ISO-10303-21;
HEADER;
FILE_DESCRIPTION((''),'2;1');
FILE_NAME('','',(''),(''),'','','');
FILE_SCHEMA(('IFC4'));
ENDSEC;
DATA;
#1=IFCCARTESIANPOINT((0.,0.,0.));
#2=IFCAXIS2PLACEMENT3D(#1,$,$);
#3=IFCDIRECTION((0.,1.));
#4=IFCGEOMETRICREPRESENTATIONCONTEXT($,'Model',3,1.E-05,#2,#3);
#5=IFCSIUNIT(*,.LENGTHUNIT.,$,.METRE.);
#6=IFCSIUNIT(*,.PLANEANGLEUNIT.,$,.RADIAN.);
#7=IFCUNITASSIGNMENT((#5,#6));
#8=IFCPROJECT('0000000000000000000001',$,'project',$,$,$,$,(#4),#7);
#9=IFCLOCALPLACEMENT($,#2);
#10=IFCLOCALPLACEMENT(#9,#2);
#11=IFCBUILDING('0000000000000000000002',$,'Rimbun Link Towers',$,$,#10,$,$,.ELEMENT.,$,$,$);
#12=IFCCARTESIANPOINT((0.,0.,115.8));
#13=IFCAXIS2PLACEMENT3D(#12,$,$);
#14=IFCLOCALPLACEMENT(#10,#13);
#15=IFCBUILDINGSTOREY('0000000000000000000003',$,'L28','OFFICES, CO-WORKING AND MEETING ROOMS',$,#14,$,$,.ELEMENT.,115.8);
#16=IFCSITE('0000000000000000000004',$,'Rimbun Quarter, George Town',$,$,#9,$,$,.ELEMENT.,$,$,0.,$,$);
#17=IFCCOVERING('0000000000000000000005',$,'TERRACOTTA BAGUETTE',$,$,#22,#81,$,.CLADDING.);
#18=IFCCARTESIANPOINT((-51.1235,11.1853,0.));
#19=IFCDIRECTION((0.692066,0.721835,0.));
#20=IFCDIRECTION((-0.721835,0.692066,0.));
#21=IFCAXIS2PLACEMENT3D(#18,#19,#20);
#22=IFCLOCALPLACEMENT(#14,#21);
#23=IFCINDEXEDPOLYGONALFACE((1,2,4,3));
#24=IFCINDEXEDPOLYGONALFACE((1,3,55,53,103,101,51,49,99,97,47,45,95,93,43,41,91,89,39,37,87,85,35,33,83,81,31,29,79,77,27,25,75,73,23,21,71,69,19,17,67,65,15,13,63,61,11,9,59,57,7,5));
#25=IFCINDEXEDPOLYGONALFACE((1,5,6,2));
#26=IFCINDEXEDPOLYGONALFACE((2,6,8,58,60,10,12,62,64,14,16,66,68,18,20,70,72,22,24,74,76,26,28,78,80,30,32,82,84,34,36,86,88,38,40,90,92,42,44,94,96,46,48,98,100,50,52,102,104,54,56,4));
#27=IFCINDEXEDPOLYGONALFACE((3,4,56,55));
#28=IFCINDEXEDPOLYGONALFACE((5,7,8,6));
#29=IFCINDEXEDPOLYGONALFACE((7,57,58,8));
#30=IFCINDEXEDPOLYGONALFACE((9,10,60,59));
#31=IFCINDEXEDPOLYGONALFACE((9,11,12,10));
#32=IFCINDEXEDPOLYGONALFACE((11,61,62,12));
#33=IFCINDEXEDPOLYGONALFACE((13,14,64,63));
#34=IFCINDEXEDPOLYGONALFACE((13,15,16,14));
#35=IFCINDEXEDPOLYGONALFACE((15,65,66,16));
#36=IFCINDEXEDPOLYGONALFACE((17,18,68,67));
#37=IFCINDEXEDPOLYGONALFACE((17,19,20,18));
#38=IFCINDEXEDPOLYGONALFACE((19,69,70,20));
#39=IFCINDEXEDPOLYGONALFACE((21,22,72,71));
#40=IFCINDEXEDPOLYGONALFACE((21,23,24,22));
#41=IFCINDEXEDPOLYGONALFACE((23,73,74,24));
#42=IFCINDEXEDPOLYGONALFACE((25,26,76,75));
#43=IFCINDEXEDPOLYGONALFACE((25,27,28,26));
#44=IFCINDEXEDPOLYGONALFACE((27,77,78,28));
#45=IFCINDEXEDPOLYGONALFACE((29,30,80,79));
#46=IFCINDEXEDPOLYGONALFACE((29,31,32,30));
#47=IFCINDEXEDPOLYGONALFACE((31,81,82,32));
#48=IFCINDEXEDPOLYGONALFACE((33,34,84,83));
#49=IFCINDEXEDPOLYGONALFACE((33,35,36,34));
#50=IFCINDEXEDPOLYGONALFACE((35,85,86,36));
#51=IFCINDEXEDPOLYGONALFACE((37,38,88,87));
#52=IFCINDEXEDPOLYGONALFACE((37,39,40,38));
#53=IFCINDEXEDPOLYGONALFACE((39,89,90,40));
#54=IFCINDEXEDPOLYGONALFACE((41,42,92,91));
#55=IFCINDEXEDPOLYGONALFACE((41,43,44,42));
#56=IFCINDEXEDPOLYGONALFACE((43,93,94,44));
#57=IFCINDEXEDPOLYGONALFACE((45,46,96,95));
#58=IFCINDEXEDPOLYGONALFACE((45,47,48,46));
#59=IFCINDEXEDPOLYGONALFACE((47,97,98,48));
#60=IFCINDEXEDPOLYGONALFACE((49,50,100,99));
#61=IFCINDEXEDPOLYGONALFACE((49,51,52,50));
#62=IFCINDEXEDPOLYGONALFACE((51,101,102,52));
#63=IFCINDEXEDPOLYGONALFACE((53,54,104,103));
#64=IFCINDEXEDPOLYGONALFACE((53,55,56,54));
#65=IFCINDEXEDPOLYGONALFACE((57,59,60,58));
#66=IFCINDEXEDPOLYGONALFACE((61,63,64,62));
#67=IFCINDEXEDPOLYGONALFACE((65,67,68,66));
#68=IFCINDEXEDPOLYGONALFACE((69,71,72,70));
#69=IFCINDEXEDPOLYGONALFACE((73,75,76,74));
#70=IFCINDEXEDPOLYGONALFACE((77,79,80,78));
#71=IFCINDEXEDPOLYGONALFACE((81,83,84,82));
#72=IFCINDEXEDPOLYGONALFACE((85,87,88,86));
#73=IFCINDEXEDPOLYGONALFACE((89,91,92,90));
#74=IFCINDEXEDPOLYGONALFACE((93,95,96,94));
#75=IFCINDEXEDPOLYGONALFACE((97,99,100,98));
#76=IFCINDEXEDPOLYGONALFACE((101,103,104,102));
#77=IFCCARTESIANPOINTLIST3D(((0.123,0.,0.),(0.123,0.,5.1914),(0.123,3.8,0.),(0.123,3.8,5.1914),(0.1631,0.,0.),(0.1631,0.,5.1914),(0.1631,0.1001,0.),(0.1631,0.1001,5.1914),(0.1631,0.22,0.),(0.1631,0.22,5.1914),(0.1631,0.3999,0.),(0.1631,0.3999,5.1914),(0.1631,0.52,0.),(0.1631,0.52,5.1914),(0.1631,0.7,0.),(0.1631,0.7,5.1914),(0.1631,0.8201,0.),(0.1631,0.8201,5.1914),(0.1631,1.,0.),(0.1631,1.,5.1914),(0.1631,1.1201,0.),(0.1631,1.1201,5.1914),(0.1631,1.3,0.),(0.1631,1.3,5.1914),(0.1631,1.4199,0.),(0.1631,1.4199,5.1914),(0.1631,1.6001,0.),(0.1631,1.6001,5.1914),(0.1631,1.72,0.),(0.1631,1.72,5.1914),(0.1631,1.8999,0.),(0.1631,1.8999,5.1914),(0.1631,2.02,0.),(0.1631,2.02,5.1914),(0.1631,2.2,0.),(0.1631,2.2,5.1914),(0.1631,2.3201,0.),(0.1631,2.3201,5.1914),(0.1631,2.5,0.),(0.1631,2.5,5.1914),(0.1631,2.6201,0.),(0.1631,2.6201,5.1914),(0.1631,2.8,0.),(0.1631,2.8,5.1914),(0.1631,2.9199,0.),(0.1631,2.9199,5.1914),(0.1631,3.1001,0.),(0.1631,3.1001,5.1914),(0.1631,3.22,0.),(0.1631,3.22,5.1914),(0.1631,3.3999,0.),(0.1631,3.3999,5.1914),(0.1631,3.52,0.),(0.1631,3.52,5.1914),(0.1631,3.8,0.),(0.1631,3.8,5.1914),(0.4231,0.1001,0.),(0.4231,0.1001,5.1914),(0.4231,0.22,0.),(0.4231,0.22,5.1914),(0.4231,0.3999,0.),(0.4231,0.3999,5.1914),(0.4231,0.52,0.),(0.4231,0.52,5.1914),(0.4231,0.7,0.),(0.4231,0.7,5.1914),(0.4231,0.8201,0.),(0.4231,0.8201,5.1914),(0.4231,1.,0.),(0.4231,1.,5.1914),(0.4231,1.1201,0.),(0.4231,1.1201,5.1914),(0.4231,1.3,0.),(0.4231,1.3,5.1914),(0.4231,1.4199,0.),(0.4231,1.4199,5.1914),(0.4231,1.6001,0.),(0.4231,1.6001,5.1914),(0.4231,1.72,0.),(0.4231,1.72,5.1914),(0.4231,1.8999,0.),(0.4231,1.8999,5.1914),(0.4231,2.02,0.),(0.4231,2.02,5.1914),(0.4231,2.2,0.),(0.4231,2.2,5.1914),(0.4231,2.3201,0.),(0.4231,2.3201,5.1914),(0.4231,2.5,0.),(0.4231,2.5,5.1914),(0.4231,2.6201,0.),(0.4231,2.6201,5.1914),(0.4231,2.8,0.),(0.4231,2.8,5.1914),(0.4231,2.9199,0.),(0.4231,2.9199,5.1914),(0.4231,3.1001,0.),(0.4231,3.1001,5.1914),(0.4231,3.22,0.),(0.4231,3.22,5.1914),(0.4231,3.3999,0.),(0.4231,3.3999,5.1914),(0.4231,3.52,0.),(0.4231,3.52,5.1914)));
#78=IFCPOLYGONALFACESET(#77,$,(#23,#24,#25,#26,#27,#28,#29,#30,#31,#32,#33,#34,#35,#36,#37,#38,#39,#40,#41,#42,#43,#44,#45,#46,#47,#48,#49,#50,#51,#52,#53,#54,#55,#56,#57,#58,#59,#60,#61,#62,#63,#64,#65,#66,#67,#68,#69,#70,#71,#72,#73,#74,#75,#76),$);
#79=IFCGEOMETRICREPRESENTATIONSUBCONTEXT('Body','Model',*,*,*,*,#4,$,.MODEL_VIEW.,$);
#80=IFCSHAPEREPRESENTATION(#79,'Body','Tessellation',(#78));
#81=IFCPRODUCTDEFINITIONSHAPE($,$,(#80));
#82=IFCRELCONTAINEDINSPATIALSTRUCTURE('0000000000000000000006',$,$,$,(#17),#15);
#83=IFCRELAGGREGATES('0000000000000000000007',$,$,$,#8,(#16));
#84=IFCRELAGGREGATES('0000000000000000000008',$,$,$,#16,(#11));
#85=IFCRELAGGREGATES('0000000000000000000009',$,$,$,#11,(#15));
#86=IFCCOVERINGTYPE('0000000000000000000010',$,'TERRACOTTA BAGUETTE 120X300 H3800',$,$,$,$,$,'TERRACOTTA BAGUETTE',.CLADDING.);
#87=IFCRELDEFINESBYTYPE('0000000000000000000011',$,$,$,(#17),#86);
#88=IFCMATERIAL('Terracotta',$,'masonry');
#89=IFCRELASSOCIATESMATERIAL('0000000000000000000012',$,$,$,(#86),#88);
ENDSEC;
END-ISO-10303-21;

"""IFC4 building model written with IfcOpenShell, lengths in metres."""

from ifc_helpers import new_model, si_unit, direction, frame, origin, place, context, subcontext, project, spatial, polyline, outline, extrude, material, material_profile, profile_set, type_object, element, save


model = new_model("IFC4")

# Units and contexts
model_context = context("Model", 3, precision=1e-05, world=origin(), true_north=direction((0.0, 1.0)))
body_context = subcontext(model_context, "Body", "Model", "MODEL_VIEW")
ifc_project = project(units=[si_unit("LENGTHUNIT", "METRE"), si_unit("PLANEANGLEUNIT", "RADIAN")], contexts=[model_context])

# Site, building, storey
site_placement = place(None, origin())
site = spatial("IfcSite", under=ifc_project, at=site_placement, Name="Rimbun Quarter, George Town", CompositionType="ELEMENT", RefElevation=0.0)
building_placement = place(site_placement, origin())
building = spatial("IfcBuilding", under=site, at=building_placement, Name="Rimbun Link Towers", CompositionType="ELEMENT")
storey_placement = place(building_placement, frame((0.0, 0.0, 115.8)))
storey = spatial("IfcBuildingStorey", under=building, at=storey_placement, Name="L28", Description="OFFICES, CO-WORKING AND MEETING ROOMS", CompositionType="ELEMENT", Elevation=115.8)

# Covering
ifc_material_1 = material(Name="Terracotta", Category="masonry")
ifc_material_profile_1 = material_profile(ifc_material_1, outline(polyline([(0.123, 0.0), (0.1631, 0.0), (0.1631, 0.1001), (0.4231, 0.1001), (0.4231, 0.22), (0.1631, 0.22), (0.1631, 0.3999), (0.4231, 0.3999), (0.4231, 0.52), (0.1631, 0.52), (0.1631, 0.7), (0.4231, 0.7), (0.4231, 0.8201), (0.1631, 0.8201), (0.1631, 1.0), (0.4231, 1.0), (0.4231, 1.1201), (0.1631, 1.1201), (0.1631, 1.3), (0.4231, 1.3), (0.4231, 1.4199), (0.1631, 1.4199), (0.1631, 1.6001), (0.4231, 1.6001), (0.4231, 1.72), (0.1631, 1.72), (0.1631, 1.8999), (0.4231, 1.8999), (0.4231, 2.02), (0.1631, 2.02), (0.1631, 2.2), (0.4231, 2.2), (0.4231, 2.3201), (0.1631, 2.3201), (0.1631, 2.5), (0.4231, 2.5), (0.4231, 2.6201), (0.1631, 2.6201), (0.1631, 2.8), (0.4231, 2.8), (0.4231, 2.9199), (0.1631, 2.9199), (0.1631, 3.1001), (0.4231, 3.1001), (0.4231, 3.22), (0.1631, 3.22), (0.1631, 3.3999), (0.4231, 3.3999), (0.4231, 3.52), (0.1631, 3.52), (0.1631, 3.8), (0.123, 3.8), (0.123, 0.0)])), Name="BAGUETTE 120X300")
ifc_profile_set_1 = profile_set([ifc_material_profile_1], Name="Terracotta")
covering_type = type_object("IfcCoveringType", Name="TERRACOTTA BAGUETTE 120X300 H3800", ElementType="TERRACOTTA BAGUETTE", PredefinedType="CLADDING", material=ifc_profile_set_1)
covering_1_placement = place(storey_placement, frame((-51.1235, 11.1853, 0.0), z_axis=(0.692066, 0.721835, 0.0), x_axis=(-0.721835, 0.692066, 0.0)))
element("IfcCovering", 1, at=covering_1_placement, inside=storey, type_object=covering_type, Name="TERRACOTTA BAGUETTE", PredefinedType="CLADDING", context=body_context, shape_type="SweptSolid", body=[
    extrude(outline(polyline([(0.123, 0.0), (0.1631, 0.0), (0.1631, 0.1001), (0.4231, 0.1001), (0.4231, 0.22), (0.1631, 0.22), (0.1631, 0.3999), (0.4231, 0.3999), (0.4231, 0.52), (0.1631, 0.52), (0.1631, 0.7), (0.4231, 0.7), (0.4231, 0.8201), (0.1631, 0.8201), (0.1631, 1.0), (0.4231, 1.0), (0.4231, 1.1201), (0.1631, 1.1201), (0.1631, 1.3), (0.4231, 1.3), (0.4231, 1.4199), (0.1631, 1.4199), (0.1631, 1.6001), (0.4231, 1.6001), (0.4231, 1.72), (0.1631, 1.72), (0.1631, 1.8999), (0.4231, 1.8999), (0.4231, 2.02), (0.1631, 2.02), (0.1631, 2.2), (0.4231, 2.2), (0.4231, 2.3201), (0.1631, 2.3201), (0.1631, 2.5), (0.4231, 2.5), (0.4231, 2.6201), (0.1631, 2.6201), (0.1631, 2.8), (0.4231, 2.8), (0.4231, 2.9199), (0.1631, 2.9199), (0.1631, 3.1001), (0.4231, 3.1001), (0.4231, 3.22), (0.1631, 3.22), (0.1631, 3.3999), (0.4231, 3.3999), (0.4231, 3.52), (0.1631, 3.52), (0.1631, 3.8), (0.123, 3.8), (0.123, 0.0)])), origin(), (0.0, 0.0, 1.0), 5.1914),
])

save(model, "model.ifc")
